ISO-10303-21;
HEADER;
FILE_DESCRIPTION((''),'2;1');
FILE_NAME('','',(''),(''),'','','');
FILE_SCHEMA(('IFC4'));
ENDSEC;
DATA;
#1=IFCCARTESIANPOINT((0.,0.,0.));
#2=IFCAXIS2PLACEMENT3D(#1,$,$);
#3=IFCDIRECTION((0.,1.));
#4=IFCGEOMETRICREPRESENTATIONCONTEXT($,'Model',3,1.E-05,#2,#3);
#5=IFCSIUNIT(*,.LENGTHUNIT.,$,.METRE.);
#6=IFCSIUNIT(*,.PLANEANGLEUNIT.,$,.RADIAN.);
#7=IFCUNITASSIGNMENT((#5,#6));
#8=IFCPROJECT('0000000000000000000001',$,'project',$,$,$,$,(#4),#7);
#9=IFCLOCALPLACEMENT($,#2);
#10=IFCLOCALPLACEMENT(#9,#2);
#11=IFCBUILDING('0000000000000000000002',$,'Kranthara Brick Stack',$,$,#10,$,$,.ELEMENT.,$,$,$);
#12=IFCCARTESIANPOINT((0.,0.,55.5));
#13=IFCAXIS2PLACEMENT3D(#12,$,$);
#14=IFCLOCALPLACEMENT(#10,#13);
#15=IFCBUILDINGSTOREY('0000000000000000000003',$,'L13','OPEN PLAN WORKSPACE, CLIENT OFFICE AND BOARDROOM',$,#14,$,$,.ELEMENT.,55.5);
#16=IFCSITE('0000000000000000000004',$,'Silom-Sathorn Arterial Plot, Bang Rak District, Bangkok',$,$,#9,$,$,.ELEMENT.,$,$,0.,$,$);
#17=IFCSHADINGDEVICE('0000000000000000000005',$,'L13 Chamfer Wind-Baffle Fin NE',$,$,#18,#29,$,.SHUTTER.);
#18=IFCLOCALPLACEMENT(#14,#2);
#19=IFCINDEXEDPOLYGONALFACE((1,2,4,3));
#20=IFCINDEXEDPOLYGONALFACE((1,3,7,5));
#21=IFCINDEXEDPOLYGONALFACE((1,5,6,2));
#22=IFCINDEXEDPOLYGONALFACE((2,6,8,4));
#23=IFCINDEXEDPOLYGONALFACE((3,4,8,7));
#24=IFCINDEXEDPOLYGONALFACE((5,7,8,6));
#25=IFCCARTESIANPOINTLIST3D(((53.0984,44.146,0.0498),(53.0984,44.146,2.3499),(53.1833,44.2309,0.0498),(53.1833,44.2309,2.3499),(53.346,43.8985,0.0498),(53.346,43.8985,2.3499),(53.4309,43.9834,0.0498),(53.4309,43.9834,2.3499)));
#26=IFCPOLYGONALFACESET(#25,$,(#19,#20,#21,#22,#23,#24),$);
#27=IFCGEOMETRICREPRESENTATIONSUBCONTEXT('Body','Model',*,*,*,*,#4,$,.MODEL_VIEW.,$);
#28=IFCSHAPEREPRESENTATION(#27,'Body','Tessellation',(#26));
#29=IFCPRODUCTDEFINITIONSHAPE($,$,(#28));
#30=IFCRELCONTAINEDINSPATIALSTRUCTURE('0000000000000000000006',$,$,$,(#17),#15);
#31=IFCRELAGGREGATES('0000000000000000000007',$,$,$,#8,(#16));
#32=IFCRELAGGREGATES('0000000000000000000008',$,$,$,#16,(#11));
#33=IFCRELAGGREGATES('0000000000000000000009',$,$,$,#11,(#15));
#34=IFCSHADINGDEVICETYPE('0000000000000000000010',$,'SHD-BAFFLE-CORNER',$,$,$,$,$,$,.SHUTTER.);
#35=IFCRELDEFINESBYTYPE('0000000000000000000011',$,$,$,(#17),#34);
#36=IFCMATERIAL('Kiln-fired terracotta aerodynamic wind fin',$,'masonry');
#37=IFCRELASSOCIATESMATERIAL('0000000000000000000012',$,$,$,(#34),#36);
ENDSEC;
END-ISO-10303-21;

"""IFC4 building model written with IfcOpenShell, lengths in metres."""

from ifc_helpers import new_model, si_unit, direction, frame, origin, origin_2d, place, context, subcontext, project, spatial, rectangle, extrude, material, type_object, element, save


model = new_model("IFC4")

# Units and contexts
model_context = context("Model", 3, precision=1e-05, world=origin(), true_north=direction((0.0, 1.0)))
body_context = subcontext(model_context, "Body", "Model", "MODEL_VIEW")
ifc_project = project(units=[si_unit("LENGTHUNIT", "METRE"), si_unit("PLANEANGLEUNIT", "RADIAN")], contexts=[model_context])

# Site, building, storey
site_placement = place(None, origin())
site = spatial("IfcSite", under=ifc_project, at=site_placement, Name="Silom-Sathorn Arterial Plot, Bang Rak District, Bangkok", CompositionType="ELEMENT", RefElevation=0.0)
building_placement = place(site_placement, origin())
building = spatial("IfcBuilding", under=site, at=building_placement, Name="Kranthara Brick Stack", CompositionType="ELEMENT")
storey_placement = place(building_placement, frame((0.0, 0.0, 55.5)))
storey = spatial("IfcBuildingStorey", under=building, at=storey_placement, Name="L13", Description="OPEN PLAN WORKSPACE, CLIENT OFFICE AND BOARDROOM", CompositionType="ELEMENT", Elevation=55.5)

# Shading device
ifc_material_1 = material(Name="Kiln-fired terracotta aerodynamic wind fin", Category="masonry")
shading_device_type = type_object("IfcShadingDeviceType", Name="SHD-BAFFLE-CORNER", PredefinedType="SHUTTER", material=ifc_material_1)
shading_device_placement = place(storey_placement, frame((53.2646, 44.0647, 0.0498), z_axis=(0.0, 0.0, 1.0), x_axis=(0.707107, -0.707107, 0.0)))
element("IfcShadingDevice", 1, at=shading_device_placement, inside=storey, type_object=shading_device_type, Name="L13 Chamfer Wind-Baffle Fin NE", PredefinedType="SHUTTER", context=body_context, shape_type="SweptSolid", body=[
    extrude(rectangle(XDim=0.3501, YDim=0.1201, at=origin_2d()), origin(), (0.0, 0.0, 1.0), 2.3),
])

save(model, "model.ifc")
